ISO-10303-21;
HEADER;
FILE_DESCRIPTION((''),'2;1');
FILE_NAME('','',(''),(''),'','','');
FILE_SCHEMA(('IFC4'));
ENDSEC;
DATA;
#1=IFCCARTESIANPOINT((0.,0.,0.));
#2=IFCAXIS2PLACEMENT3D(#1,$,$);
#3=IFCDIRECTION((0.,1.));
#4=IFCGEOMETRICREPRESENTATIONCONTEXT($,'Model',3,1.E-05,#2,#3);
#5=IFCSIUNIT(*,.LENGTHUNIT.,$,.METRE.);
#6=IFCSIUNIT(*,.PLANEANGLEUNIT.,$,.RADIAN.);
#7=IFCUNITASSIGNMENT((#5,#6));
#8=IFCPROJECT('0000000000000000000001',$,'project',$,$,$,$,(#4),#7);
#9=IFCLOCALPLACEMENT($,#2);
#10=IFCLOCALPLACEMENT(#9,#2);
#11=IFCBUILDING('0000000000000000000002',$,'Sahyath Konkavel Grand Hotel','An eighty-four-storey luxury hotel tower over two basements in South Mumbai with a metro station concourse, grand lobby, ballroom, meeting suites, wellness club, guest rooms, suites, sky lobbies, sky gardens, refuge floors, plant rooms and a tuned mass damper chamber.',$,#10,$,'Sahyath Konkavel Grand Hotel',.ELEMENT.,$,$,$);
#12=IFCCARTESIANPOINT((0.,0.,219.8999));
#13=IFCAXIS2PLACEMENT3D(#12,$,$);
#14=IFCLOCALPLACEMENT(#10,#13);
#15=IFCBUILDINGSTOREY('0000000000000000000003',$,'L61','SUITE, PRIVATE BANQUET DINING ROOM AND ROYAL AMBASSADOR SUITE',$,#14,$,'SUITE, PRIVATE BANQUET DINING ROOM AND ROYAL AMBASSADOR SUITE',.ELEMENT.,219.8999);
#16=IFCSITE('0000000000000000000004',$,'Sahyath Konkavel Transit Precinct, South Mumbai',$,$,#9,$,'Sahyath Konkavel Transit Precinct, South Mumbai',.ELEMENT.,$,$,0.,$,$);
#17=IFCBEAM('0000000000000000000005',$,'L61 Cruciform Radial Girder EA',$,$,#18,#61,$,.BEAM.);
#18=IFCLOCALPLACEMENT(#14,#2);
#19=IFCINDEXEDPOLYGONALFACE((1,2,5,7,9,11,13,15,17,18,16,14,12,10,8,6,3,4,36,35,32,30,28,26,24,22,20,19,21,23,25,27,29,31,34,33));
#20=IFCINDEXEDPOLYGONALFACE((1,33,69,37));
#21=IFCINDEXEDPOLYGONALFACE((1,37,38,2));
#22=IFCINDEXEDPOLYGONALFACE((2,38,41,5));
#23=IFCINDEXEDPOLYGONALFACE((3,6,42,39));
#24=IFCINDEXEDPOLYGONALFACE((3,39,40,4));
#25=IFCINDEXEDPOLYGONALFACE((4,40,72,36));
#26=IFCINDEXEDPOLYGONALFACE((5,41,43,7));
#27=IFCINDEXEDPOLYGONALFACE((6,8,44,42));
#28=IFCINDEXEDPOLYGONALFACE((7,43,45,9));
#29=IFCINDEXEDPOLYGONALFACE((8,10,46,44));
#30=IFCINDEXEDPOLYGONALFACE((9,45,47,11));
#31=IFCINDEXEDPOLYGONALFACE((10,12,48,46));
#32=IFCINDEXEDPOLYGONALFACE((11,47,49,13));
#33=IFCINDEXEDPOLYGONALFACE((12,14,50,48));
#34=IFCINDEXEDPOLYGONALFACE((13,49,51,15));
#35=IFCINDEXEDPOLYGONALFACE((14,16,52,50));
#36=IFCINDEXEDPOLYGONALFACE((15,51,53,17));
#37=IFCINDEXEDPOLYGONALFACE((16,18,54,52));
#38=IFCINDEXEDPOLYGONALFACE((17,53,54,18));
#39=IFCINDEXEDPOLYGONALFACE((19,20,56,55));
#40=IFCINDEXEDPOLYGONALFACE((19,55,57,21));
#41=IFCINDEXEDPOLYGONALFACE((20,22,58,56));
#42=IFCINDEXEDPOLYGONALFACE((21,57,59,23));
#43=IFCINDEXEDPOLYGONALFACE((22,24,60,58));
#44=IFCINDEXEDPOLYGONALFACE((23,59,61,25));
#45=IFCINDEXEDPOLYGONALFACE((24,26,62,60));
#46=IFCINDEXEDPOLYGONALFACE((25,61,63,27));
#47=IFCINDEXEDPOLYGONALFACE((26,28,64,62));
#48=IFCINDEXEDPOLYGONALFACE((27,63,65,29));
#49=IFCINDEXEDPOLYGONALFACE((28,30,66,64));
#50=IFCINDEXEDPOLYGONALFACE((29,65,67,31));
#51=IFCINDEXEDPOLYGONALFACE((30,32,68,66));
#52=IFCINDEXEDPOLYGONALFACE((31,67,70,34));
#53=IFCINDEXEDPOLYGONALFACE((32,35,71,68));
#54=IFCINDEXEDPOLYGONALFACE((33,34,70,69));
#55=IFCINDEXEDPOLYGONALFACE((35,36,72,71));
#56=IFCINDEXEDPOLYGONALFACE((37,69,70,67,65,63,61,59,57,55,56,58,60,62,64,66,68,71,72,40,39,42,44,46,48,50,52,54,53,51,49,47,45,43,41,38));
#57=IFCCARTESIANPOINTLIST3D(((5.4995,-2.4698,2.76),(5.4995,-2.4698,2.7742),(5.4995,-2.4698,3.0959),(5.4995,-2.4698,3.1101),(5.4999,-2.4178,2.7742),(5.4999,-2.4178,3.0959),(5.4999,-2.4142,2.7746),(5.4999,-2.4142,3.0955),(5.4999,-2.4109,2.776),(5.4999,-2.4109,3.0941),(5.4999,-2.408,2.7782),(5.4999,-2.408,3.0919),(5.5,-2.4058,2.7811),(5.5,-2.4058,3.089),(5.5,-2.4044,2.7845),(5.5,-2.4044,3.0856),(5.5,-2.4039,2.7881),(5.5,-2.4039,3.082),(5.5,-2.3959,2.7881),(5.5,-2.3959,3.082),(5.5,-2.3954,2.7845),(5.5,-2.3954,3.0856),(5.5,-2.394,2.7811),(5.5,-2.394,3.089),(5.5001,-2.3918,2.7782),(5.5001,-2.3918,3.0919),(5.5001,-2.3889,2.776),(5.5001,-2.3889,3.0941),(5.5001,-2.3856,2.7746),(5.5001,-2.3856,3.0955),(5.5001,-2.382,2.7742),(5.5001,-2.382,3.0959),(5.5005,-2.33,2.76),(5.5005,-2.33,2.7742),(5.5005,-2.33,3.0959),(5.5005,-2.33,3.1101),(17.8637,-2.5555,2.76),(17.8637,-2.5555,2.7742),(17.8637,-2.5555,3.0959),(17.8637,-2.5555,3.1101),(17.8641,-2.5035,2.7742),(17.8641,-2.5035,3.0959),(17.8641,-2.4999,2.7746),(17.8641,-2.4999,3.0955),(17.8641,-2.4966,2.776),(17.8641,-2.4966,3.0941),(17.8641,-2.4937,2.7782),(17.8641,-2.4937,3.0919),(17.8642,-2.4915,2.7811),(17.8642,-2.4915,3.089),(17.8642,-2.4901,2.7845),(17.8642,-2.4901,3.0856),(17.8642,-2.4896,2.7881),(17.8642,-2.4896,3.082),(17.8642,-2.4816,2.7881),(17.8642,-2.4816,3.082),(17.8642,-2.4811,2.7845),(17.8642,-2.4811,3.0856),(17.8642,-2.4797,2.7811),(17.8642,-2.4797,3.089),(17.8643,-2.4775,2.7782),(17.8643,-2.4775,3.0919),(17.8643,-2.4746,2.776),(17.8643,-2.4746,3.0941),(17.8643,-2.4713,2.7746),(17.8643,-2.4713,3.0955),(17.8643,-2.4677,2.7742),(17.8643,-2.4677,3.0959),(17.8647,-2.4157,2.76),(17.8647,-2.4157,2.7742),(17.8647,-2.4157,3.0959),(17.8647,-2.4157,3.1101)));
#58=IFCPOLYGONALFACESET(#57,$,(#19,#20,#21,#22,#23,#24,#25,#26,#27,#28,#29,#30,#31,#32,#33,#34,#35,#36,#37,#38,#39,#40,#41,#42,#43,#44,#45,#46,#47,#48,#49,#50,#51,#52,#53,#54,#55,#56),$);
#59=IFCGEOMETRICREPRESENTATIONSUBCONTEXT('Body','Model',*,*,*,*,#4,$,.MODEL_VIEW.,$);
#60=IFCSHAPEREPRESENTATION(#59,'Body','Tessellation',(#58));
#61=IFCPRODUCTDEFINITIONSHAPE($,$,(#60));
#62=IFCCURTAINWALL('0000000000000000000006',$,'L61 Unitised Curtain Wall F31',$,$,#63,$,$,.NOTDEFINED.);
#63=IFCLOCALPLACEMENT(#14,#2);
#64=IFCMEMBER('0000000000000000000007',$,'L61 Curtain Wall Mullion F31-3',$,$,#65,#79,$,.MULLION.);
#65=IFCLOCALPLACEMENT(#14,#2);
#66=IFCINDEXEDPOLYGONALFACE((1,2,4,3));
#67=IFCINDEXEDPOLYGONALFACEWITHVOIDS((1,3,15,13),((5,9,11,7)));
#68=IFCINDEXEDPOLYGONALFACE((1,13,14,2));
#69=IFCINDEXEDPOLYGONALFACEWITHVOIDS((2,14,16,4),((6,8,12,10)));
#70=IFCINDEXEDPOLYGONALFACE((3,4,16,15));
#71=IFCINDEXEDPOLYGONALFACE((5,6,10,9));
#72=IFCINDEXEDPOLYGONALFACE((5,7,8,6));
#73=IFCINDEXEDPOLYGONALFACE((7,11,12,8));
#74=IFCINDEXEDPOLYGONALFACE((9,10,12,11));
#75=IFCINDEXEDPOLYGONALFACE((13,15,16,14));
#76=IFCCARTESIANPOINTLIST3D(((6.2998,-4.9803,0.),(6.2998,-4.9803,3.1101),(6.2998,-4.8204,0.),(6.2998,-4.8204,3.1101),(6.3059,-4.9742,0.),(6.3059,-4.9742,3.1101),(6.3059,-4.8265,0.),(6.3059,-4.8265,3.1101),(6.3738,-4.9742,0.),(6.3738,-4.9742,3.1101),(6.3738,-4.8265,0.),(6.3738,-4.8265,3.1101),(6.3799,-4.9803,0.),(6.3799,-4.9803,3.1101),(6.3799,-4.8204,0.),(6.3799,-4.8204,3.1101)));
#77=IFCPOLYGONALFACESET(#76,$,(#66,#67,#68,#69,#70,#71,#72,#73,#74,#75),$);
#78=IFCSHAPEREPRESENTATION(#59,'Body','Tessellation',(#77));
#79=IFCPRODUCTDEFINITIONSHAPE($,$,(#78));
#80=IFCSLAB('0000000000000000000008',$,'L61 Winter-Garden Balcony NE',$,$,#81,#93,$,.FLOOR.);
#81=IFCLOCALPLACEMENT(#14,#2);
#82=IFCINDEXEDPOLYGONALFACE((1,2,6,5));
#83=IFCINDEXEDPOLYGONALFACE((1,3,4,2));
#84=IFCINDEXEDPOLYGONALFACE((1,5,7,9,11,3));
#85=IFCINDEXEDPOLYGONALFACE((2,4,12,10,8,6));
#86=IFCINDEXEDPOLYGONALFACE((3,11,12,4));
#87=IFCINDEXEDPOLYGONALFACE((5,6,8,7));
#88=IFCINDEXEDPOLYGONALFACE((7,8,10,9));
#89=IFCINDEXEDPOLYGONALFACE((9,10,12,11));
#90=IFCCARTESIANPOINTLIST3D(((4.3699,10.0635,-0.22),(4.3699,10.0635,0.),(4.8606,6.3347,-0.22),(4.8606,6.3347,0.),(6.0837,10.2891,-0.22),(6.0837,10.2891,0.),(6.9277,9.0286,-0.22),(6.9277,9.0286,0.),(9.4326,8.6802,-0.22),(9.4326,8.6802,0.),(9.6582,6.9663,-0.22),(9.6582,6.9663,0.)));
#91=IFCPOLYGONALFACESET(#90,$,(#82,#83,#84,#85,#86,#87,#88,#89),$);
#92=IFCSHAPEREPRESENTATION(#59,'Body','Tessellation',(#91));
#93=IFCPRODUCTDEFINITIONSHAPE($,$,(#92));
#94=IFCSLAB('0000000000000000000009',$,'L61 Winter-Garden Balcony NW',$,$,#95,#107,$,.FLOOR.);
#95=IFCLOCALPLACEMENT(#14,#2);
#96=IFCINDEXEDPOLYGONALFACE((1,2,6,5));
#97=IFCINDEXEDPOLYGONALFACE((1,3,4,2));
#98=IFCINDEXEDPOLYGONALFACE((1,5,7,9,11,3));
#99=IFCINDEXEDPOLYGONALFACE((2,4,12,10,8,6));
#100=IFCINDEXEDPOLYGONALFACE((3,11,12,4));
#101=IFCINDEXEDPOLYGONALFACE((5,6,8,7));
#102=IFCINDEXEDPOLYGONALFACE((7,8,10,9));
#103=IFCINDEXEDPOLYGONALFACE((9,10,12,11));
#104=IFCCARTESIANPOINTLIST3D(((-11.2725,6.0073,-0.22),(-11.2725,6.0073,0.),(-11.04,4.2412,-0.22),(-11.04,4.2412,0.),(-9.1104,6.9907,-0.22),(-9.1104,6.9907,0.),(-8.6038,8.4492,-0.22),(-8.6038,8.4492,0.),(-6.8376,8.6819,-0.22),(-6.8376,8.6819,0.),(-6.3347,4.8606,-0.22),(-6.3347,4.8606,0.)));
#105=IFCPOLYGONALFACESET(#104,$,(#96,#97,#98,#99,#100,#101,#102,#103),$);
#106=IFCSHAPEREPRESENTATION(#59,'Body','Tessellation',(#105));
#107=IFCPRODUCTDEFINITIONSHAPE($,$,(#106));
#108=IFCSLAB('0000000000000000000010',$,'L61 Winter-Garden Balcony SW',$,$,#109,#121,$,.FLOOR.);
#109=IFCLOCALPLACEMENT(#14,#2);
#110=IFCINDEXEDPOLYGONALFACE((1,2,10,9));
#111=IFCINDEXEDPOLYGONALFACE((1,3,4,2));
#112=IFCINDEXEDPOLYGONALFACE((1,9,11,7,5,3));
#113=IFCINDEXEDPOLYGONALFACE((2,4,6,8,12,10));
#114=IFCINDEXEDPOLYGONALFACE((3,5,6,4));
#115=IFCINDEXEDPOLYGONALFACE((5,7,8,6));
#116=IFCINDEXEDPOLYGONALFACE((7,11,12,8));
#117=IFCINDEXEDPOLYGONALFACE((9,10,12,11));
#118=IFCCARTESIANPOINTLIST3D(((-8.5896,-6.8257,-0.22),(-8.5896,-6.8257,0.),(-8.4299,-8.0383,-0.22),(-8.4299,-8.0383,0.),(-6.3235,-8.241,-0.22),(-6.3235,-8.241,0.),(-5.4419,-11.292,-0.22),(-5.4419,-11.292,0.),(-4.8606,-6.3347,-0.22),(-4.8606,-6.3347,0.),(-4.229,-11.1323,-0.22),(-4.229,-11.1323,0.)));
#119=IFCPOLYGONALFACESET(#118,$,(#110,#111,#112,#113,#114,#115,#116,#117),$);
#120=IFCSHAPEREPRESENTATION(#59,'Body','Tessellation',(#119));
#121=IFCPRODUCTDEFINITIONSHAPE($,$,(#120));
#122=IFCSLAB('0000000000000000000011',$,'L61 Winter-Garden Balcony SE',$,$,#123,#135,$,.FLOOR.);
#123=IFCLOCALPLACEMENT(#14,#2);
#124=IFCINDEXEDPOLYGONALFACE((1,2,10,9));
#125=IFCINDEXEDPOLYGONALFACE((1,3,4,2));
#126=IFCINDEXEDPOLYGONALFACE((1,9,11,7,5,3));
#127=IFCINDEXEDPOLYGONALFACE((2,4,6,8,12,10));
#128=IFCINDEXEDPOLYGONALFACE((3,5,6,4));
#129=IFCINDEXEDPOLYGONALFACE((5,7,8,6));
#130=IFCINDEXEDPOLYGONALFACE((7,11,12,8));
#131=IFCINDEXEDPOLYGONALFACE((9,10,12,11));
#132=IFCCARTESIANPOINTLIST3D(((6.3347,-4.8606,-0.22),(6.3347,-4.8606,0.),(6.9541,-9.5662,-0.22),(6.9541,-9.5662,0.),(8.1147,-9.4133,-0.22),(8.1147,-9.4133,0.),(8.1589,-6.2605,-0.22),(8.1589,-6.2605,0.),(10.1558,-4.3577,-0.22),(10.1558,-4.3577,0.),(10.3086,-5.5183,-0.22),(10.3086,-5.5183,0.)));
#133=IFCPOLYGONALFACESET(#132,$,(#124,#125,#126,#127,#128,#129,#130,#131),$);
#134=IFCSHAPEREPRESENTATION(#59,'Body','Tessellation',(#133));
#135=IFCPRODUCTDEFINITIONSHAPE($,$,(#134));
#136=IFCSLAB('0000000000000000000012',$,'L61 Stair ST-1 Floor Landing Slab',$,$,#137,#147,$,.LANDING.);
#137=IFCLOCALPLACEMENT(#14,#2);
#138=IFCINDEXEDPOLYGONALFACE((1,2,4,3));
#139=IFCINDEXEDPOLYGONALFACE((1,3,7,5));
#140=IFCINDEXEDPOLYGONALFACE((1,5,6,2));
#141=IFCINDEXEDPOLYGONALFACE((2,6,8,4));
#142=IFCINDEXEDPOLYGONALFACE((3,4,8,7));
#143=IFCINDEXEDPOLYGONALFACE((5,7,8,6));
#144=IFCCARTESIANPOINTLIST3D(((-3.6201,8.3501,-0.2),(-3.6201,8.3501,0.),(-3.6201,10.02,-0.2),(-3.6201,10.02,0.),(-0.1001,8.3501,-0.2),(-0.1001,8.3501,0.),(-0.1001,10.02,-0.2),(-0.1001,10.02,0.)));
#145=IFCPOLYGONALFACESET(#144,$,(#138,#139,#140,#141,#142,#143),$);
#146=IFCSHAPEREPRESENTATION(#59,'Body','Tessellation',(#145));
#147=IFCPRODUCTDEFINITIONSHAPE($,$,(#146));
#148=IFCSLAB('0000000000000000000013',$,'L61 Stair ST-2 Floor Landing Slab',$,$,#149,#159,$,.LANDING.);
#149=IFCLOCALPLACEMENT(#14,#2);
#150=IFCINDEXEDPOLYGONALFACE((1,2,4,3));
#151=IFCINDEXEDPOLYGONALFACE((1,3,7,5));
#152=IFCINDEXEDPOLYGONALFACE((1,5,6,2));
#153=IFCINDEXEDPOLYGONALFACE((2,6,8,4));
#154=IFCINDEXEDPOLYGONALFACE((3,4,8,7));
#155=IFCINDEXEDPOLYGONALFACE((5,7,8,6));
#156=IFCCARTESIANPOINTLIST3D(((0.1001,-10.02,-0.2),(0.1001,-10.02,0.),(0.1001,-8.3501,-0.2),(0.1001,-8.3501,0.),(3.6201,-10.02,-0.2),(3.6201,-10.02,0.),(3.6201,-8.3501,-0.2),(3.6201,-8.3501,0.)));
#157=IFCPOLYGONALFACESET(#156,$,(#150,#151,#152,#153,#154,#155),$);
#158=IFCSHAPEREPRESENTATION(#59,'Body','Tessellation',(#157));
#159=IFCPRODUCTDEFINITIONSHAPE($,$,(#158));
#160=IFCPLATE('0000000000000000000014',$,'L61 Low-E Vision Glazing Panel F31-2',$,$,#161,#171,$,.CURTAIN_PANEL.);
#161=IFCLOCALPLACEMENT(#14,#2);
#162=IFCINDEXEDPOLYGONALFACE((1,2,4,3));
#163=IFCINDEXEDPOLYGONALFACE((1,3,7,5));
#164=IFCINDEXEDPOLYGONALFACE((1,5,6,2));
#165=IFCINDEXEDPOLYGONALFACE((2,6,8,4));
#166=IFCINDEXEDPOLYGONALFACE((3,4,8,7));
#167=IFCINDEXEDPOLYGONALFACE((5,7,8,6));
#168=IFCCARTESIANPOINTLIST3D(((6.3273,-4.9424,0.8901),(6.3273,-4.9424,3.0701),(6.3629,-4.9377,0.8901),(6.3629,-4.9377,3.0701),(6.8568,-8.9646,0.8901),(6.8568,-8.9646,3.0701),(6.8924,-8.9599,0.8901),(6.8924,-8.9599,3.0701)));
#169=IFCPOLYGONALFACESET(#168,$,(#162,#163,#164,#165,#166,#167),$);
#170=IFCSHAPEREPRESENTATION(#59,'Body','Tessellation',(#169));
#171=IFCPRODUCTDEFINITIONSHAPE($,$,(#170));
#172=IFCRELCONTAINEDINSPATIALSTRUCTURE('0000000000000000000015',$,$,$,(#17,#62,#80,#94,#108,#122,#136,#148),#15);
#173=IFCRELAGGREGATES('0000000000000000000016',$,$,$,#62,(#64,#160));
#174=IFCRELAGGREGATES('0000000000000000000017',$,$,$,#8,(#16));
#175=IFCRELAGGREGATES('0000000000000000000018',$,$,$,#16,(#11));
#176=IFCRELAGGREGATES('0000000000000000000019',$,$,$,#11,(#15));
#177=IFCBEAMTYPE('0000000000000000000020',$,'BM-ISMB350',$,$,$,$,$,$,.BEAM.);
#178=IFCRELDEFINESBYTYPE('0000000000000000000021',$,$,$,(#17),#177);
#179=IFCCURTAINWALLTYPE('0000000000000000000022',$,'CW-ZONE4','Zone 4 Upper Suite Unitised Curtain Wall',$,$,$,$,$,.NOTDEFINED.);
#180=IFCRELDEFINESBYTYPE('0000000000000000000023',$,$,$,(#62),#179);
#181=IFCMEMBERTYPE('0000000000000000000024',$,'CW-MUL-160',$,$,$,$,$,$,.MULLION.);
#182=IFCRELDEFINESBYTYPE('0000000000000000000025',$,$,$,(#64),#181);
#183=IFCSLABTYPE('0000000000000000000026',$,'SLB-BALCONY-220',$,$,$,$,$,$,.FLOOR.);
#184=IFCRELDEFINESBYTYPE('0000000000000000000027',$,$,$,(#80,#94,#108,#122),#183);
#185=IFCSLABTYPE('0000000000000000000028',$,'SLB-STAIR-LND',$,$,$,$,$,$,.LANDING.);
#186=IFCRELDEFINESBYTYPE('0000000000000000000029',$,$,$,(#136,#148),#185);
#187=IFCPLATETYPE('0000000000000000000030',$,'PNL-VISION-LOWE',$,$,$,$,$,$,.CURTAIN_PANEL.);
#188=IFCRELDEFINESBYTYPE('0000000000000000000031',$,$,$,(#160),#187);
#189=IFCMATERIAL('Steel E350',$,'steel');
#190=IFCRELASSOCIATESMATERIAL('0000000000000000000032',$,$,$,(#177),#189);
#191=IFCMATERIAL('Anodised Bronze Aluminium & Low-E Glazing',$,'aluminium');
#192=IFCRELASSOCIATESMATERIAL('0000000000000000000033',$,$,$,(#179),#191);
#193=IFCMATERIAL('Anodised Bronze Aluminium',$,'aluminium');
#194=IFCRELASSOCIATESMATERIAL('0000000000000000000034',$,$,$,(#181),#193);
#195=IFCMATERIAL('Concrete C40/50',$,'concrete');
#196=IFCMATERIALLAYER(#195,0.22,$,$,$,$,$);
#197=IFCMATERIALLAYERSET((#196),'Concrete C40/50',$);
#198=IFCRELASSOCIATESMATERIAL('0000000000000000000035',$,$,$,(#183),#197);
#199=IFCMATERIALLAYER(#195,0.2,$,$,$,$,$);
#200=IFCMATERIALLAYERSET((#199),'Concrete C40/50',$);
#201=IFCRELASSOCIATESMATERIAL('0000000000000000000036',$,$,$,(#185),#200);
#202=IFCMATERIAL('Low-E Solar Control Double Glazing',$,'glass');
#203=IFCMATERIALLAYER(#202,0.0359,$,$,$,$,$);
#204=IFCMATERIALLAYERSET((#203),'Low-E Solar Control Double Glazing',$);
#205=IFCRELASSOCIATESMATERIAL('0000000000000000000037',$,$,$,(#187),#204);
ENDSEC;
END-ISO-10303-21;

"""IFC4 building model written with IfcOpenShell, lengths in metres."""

from ifc_helpers import new_model, si_unit, direction, frame, origin, origin_2d, place, context, subcontext, project, spatial, polyline, rectangle, hollow_rectangle, i_section, outline, extrude, source, transform, mapped, material, layer, layer_set, material_profile, profile_set, type_object, element, aggregate, save


model = new_model("IFC4")

# Units and contexts
model_context = context("Model", 3, precision=1e-05, world=origin(), true_north=direction((0.0, 1.0)))
body_context = subcontext(model_context, "Body", "Model", "MODEL_VIEW")
ifc_project = project(units=[si_unit("LENGTHUNIT", "METRE"), si_unit("PLANEANGLEUNIT", "RADIAN")], contexts=[model_context])

# Site, building, storey
site_placement = place(None, origin())
site = spatial("IfcSite", under=ifc_project, at=site_placement, Name="Sahyath Konkavel Transit Precinct, South Mumbai", LongName="Sahyath Konkavel Transit Precinct, South Mumbai", CompositionType="ELEMENT", RefElevation=0.0)
building_placement = place(site_placement, origin())
building = spatial("IfcBuilding", under=site, at=building_placement, Name="Sahyath Konkavel Grand Hotel", Description="An eighty-four-storey luxury hotel tower over two basements in South Mumbai with a metro station concourse, grand lobby, ballroom, meeting suites, wellness club, guest rooms, suites, sky lobbies, sky gardens, refuge floors, plant rooms and a tuned mass damper chamber.", LongName="Sahyath Konkavel Grand Hotel", CompositionType="ELEMENT")
storey_placement = place(building_placement, frame((0.0, 0.0, 219.8999)))
storey = spatial("IfcBuildingStorey", under=building, at=storey_placement, Name="L61", Description="SUITE, PRIVATE BANQUET DINING ROOM AND ROYAL AMBASSADOR SUITE", LongName="SUITE, PRIVATE BANQUET DINING ROOM AND ROYAL AMBASSADOR SUITE", CompositionType="ELEMENT", Elevation=219.8999)

# Shared definitions
ifc_material_1 = material(Name="Concrete C40/50", Category="concrete")

# Beam
ifc_material_2 = material(Name="Steel E350", Category="steel")
ifc_material_profile_1 = material_profile(ifc_material_2, i_section(OverallWidth=0.1399, OverallDepth=0.3501, WebThickness=0.0081, FlangeThickness=0.0142, FilletRadius=0.0139, at=origin_2d()), Name="ISMB 350")
ifc_profile_set_1 = profile_set([ifc_material_profile_1], Name="Steel E350")
beam_type_1 = type_object("IfcBeamType", Name="BM-ISMB350", PredefinedType="BEAM", material=ifc_profile_set_1)
shared_shape_1 = source(origin(), body_context, "Body", "SweptSolid", [
    extrude(i_section(OverallWidth=0.1399, OverallDepth=0.3501, WebThickness=0.0081, FlangeThickness=0.0142, FilletRadius=0.0139, at=origin_2d()), origin(), (0.0, 0.0, 1.0), 12.3645),
])
beam_1_placement = place(storey_placement, frame((5.5, -2.3999, 2.9351), z_axis=(0.999976, -0.006931, 0.0), x_axis=(0.006931, 0.999976, 0.0)))
element("IfcBeam", 1, at=beam_1_placement, inside=storey, type_object=beam_type_1, Name="L61 Cruciform Radial Girder EA", PredefinedType="BEAM", context=body_context, shape_type="MappedRepresentation", body=[
    mapped(shared_shape_1, transform((0.0, 0.0, 0.0), scale=1.0)),
])

# Curtain wall, member
ifc_material_3 = material(Name="Anodised Bronze Aluminium & Low-E Glazing", Category="aluminium")
curtain_wall_type = type_object("IfcCurtainWallType", Name="CW-ZONE4", Description="Zone 4 Upper Suite Unitised Curtain Wall", PredefinedType="NOTDEFINED", material=ifc_material_3)
curtain_wall_placement = place(storey_placement, origin())
curtain_wall = element("IfcCurtainWall", 2, at=curtain_wall_placement, inside=storey, type_object=curtain_wall_type, Name="L61 Unitised Curtain Wall F31", PredefinedType="NOTDEFINED")
ifc_material_4 = material(Name="Anodised Bronze Aluminium", Category="aluminium")
ifc_material_profile_2 = material_profile(ifc_material_4, hollow_rectangle(XDim=0.0801, YDim=0.1599, WallThickness=0.0061, at=origin_2d()), Name="RHS 160x80x6")
ifc_profile_set_2 = profile_set([ifc_material_profile_2], Name="Anodised Bronze Aluminium")
member_type = type_object("IfcMemberType", Name="CW-MUL-160", PredefinedType="MULLION", material=ifc_profile_set_2)
shared_shape_2 = source(origin(), body_context, "Body", "SweptSolid", [
    extrude(hollow_rectangle(XDim=0.0801, YDim=0.1599, WallThickness=0.0061, at=origin_2d()), origin(), (0.0, 0.0, 1.0), 3.1101),
])
member_placement = place(storey_placement, frame((6.3398, -4.9004, 0.0), z_axis=(0.0, 0.0, 1.0), x_axis=(1.0, 0.0, 0.0)))
member = element("IfcMember", 3, at=member_placement, type_object=member_type, Name="L61 Curtain Wall Mullion F31-3", PredefinedType="MULLION", context=body_context, shape_type="MappedRepresentation", body=[
    mapped(shared_shape_2, transform((0.0, 0.0, 0.0), scale=1.0)),
])

# Slabs
ifc_layer_1 = layer(ifc_material_1, 0.22)
ifc_layer_set_1 = layer_set([ifc_layer_1], Name="Concrete C40/50")
slab_type_1 = type_object("IfcSlabType", Name="SLB-BALCONY-220", PredefinedType="FLOOR", material=ifc_layer_set_1)
slab_1_placement = place(storey_placement, frame((0.0, 0.0, -0.22)))
element("IfcSlab", 4, at=slab_1_placement, inside=storey, type_object=slab_type_1, Name="L61 Winter-Garden Balcony NE", PredefinedType="FLOOR", context=body_context, shape_type="SweptSolid", body=[
    extrude(outline(polyline([(4.8606, 6.3347), (9.6582, 6.9663), (9.4326, 8.6802), (6.9277, 9.0286), (6.0837, 10.2891), (4.3699, 10.0635), (4.8606, 6.3347)])), origin(), (0.0, 0.0, 1.0), 0.22),
])
slab_2_placement = place(storey_placement, frame((0.0, 0.0, -0.22)))
element("IfcSlab", 5, at=slab_2_placement, inside=storey, type_object=slab_type_1, Name="L61 Winter-Garden Balcony NW", PredefinedType="FLOOR", context=body_context, shape_type="SweptSolid", body=[
    extrude(outline(polyline([(-6.3347, 4.8606), (-6.8376, 8.6819), (-8.6038, 8.4492), (-9.1104, 6.9907), (-11.2725, 6.0073), (-11.04, 4.2412), (-6.3347, 4.8606)])), origin(), (0.0, 0.0, 1.0), 0.22),
])
slab_3_placement = place(storey_placement, frame((0.0, 0.0, -0.22)))
element("IfcSlab", 6, at=slab_3_placement, inside=storey, type_object=slab_type_1, Name="L61 Winter-Garden Balcony SW", PredefinedType="FLOOR", context=body_context, shape_type="SweptSolid", body=[
    extrude(outline(polyline([(-4.8606, -6.3347), (-8.5896, -6.8257), (-8.4299, -8.0383), (-6.3235, -8.241), (-5.4419, -11.292), (-4.229, -11.1323), (-4.8606, -6.3347)])), origin(), (0.0, 0.0, 1.0), 0.22),
])
slab_4_placement = place(storey_placement, frame((0.0, 0.0, -0.22)))
element("IfcSlab", 7, at=slab_4_placement, inside=storey, type_object=slab_type_1, Name="L61 Winter-Garden Balcony SE", PredefinedType="FLOOR", context=body_context, shape_type="SweptSolid", body=[
    extrude(outline(polyline([(6.3347, -4.8606), (6.9541, -9.5662), (8.1147, -9.4133), (8.1589, -6.2605), (10.3086, -5.5183), (10.1558, -4.3577), (6.3347, -4.8606)])), origin(), (0.0, 0.0, 1.0), 0.22),
])
ifc_layer_2 = layer(ifc_material_1, 0.2)
ifc_layer_set_2 = layer_set([ifc_layer_2], Name="Concrete C40/50")
slab_type_2 = type_object("IfcSlabType", Name="SLB-STAIR-LND", PredefinedType="LANDING", material=ifc_layer_set_2)
slab_5_placement = place(storey_placement, frame((0.0, 0.0, -0.2)))
element("IfcSlab", 8, at=slab_5_placement, inside=storey, type_object=slab_type_2, Name="L61 Stair ST-1 Floor Landing Slab", PredefinedType="LANDING", context=body_context, shape_type="SweptSolid", body=[
    extrude(outline(polyline([(-3.6201, 8.3501), (-0.1001, 8.3501), (-0.1001, 10.02), (-3.6201, 10.02), (-3.6201, 8.3501)])), origin(), (0.0, 0.0, 1.0), 0.2),
])
slab_6_placement = place(storey_placement, frame((0.0, 0.0, -0.2)))
element("IfcSlab", 9, at=slab_6_placement, inside=storey, type_object=slab_type_2, Name="L61 Stair ST-2 Floor Landing Slab", PredefinedType="LANDING", context=body_context, shape_type="SweptSolid", body=[
    extrude(outline(polyline([(0.1001, -10.02), (3.6201, -10.02), (3.6201, -8.3501), (0.1001, -8.3501), (0.1001, -10.02)])), origin(), (0.0, 0.0, 1.0), 0.2),
])

# Plate
ifc_material_5 = material(Name="Low-E Solar Control Double Glazing", Category="glass")
ifc_layer_3 = layer(ifc_material_5, 0.0359)
ifc_layer_set_3 = layer_set([ifc_layer_3], Name="Low-E Solar Control Double Glazing")
plate_type = type_object("IfcPlateType", Name="PNL-VISION-LOWE", PredefinedType="CURTAIN_PANEL", material=ifc_layer_set_3)
shared_shape_3 = source(origin(), body_context, "Body", "SweptSolid", [
    extrude(rectangle(XDim=4.0569, YDim=0.0359, at=origin_2d()), origin(), (0.0, 0.0, 1.0), 2.1799),
])
plate_placement = place(storey_placement, frame((6.6099, -6.9512, 0.8901), z_axis=(0.0, 0.0, 1.0), x_axis=(-0.130526, 0.991445, 0.0)))
plate = element("IfcPlate", 10, at=plate_placement, type_object=plate_type, Name="L61 Low-E Vision Glazing Panel F31-2", PredefinedType="CURTAIN_PANEL", context=body_context, shape_type="MappedRepresentation", body=[
    mapped(shared_shape_3, transform((0.0, 0.0, 0.0), scale=1.0)),
])
aggregate(curtain_wall, [member, plate])

save(model, "model.ifc")
